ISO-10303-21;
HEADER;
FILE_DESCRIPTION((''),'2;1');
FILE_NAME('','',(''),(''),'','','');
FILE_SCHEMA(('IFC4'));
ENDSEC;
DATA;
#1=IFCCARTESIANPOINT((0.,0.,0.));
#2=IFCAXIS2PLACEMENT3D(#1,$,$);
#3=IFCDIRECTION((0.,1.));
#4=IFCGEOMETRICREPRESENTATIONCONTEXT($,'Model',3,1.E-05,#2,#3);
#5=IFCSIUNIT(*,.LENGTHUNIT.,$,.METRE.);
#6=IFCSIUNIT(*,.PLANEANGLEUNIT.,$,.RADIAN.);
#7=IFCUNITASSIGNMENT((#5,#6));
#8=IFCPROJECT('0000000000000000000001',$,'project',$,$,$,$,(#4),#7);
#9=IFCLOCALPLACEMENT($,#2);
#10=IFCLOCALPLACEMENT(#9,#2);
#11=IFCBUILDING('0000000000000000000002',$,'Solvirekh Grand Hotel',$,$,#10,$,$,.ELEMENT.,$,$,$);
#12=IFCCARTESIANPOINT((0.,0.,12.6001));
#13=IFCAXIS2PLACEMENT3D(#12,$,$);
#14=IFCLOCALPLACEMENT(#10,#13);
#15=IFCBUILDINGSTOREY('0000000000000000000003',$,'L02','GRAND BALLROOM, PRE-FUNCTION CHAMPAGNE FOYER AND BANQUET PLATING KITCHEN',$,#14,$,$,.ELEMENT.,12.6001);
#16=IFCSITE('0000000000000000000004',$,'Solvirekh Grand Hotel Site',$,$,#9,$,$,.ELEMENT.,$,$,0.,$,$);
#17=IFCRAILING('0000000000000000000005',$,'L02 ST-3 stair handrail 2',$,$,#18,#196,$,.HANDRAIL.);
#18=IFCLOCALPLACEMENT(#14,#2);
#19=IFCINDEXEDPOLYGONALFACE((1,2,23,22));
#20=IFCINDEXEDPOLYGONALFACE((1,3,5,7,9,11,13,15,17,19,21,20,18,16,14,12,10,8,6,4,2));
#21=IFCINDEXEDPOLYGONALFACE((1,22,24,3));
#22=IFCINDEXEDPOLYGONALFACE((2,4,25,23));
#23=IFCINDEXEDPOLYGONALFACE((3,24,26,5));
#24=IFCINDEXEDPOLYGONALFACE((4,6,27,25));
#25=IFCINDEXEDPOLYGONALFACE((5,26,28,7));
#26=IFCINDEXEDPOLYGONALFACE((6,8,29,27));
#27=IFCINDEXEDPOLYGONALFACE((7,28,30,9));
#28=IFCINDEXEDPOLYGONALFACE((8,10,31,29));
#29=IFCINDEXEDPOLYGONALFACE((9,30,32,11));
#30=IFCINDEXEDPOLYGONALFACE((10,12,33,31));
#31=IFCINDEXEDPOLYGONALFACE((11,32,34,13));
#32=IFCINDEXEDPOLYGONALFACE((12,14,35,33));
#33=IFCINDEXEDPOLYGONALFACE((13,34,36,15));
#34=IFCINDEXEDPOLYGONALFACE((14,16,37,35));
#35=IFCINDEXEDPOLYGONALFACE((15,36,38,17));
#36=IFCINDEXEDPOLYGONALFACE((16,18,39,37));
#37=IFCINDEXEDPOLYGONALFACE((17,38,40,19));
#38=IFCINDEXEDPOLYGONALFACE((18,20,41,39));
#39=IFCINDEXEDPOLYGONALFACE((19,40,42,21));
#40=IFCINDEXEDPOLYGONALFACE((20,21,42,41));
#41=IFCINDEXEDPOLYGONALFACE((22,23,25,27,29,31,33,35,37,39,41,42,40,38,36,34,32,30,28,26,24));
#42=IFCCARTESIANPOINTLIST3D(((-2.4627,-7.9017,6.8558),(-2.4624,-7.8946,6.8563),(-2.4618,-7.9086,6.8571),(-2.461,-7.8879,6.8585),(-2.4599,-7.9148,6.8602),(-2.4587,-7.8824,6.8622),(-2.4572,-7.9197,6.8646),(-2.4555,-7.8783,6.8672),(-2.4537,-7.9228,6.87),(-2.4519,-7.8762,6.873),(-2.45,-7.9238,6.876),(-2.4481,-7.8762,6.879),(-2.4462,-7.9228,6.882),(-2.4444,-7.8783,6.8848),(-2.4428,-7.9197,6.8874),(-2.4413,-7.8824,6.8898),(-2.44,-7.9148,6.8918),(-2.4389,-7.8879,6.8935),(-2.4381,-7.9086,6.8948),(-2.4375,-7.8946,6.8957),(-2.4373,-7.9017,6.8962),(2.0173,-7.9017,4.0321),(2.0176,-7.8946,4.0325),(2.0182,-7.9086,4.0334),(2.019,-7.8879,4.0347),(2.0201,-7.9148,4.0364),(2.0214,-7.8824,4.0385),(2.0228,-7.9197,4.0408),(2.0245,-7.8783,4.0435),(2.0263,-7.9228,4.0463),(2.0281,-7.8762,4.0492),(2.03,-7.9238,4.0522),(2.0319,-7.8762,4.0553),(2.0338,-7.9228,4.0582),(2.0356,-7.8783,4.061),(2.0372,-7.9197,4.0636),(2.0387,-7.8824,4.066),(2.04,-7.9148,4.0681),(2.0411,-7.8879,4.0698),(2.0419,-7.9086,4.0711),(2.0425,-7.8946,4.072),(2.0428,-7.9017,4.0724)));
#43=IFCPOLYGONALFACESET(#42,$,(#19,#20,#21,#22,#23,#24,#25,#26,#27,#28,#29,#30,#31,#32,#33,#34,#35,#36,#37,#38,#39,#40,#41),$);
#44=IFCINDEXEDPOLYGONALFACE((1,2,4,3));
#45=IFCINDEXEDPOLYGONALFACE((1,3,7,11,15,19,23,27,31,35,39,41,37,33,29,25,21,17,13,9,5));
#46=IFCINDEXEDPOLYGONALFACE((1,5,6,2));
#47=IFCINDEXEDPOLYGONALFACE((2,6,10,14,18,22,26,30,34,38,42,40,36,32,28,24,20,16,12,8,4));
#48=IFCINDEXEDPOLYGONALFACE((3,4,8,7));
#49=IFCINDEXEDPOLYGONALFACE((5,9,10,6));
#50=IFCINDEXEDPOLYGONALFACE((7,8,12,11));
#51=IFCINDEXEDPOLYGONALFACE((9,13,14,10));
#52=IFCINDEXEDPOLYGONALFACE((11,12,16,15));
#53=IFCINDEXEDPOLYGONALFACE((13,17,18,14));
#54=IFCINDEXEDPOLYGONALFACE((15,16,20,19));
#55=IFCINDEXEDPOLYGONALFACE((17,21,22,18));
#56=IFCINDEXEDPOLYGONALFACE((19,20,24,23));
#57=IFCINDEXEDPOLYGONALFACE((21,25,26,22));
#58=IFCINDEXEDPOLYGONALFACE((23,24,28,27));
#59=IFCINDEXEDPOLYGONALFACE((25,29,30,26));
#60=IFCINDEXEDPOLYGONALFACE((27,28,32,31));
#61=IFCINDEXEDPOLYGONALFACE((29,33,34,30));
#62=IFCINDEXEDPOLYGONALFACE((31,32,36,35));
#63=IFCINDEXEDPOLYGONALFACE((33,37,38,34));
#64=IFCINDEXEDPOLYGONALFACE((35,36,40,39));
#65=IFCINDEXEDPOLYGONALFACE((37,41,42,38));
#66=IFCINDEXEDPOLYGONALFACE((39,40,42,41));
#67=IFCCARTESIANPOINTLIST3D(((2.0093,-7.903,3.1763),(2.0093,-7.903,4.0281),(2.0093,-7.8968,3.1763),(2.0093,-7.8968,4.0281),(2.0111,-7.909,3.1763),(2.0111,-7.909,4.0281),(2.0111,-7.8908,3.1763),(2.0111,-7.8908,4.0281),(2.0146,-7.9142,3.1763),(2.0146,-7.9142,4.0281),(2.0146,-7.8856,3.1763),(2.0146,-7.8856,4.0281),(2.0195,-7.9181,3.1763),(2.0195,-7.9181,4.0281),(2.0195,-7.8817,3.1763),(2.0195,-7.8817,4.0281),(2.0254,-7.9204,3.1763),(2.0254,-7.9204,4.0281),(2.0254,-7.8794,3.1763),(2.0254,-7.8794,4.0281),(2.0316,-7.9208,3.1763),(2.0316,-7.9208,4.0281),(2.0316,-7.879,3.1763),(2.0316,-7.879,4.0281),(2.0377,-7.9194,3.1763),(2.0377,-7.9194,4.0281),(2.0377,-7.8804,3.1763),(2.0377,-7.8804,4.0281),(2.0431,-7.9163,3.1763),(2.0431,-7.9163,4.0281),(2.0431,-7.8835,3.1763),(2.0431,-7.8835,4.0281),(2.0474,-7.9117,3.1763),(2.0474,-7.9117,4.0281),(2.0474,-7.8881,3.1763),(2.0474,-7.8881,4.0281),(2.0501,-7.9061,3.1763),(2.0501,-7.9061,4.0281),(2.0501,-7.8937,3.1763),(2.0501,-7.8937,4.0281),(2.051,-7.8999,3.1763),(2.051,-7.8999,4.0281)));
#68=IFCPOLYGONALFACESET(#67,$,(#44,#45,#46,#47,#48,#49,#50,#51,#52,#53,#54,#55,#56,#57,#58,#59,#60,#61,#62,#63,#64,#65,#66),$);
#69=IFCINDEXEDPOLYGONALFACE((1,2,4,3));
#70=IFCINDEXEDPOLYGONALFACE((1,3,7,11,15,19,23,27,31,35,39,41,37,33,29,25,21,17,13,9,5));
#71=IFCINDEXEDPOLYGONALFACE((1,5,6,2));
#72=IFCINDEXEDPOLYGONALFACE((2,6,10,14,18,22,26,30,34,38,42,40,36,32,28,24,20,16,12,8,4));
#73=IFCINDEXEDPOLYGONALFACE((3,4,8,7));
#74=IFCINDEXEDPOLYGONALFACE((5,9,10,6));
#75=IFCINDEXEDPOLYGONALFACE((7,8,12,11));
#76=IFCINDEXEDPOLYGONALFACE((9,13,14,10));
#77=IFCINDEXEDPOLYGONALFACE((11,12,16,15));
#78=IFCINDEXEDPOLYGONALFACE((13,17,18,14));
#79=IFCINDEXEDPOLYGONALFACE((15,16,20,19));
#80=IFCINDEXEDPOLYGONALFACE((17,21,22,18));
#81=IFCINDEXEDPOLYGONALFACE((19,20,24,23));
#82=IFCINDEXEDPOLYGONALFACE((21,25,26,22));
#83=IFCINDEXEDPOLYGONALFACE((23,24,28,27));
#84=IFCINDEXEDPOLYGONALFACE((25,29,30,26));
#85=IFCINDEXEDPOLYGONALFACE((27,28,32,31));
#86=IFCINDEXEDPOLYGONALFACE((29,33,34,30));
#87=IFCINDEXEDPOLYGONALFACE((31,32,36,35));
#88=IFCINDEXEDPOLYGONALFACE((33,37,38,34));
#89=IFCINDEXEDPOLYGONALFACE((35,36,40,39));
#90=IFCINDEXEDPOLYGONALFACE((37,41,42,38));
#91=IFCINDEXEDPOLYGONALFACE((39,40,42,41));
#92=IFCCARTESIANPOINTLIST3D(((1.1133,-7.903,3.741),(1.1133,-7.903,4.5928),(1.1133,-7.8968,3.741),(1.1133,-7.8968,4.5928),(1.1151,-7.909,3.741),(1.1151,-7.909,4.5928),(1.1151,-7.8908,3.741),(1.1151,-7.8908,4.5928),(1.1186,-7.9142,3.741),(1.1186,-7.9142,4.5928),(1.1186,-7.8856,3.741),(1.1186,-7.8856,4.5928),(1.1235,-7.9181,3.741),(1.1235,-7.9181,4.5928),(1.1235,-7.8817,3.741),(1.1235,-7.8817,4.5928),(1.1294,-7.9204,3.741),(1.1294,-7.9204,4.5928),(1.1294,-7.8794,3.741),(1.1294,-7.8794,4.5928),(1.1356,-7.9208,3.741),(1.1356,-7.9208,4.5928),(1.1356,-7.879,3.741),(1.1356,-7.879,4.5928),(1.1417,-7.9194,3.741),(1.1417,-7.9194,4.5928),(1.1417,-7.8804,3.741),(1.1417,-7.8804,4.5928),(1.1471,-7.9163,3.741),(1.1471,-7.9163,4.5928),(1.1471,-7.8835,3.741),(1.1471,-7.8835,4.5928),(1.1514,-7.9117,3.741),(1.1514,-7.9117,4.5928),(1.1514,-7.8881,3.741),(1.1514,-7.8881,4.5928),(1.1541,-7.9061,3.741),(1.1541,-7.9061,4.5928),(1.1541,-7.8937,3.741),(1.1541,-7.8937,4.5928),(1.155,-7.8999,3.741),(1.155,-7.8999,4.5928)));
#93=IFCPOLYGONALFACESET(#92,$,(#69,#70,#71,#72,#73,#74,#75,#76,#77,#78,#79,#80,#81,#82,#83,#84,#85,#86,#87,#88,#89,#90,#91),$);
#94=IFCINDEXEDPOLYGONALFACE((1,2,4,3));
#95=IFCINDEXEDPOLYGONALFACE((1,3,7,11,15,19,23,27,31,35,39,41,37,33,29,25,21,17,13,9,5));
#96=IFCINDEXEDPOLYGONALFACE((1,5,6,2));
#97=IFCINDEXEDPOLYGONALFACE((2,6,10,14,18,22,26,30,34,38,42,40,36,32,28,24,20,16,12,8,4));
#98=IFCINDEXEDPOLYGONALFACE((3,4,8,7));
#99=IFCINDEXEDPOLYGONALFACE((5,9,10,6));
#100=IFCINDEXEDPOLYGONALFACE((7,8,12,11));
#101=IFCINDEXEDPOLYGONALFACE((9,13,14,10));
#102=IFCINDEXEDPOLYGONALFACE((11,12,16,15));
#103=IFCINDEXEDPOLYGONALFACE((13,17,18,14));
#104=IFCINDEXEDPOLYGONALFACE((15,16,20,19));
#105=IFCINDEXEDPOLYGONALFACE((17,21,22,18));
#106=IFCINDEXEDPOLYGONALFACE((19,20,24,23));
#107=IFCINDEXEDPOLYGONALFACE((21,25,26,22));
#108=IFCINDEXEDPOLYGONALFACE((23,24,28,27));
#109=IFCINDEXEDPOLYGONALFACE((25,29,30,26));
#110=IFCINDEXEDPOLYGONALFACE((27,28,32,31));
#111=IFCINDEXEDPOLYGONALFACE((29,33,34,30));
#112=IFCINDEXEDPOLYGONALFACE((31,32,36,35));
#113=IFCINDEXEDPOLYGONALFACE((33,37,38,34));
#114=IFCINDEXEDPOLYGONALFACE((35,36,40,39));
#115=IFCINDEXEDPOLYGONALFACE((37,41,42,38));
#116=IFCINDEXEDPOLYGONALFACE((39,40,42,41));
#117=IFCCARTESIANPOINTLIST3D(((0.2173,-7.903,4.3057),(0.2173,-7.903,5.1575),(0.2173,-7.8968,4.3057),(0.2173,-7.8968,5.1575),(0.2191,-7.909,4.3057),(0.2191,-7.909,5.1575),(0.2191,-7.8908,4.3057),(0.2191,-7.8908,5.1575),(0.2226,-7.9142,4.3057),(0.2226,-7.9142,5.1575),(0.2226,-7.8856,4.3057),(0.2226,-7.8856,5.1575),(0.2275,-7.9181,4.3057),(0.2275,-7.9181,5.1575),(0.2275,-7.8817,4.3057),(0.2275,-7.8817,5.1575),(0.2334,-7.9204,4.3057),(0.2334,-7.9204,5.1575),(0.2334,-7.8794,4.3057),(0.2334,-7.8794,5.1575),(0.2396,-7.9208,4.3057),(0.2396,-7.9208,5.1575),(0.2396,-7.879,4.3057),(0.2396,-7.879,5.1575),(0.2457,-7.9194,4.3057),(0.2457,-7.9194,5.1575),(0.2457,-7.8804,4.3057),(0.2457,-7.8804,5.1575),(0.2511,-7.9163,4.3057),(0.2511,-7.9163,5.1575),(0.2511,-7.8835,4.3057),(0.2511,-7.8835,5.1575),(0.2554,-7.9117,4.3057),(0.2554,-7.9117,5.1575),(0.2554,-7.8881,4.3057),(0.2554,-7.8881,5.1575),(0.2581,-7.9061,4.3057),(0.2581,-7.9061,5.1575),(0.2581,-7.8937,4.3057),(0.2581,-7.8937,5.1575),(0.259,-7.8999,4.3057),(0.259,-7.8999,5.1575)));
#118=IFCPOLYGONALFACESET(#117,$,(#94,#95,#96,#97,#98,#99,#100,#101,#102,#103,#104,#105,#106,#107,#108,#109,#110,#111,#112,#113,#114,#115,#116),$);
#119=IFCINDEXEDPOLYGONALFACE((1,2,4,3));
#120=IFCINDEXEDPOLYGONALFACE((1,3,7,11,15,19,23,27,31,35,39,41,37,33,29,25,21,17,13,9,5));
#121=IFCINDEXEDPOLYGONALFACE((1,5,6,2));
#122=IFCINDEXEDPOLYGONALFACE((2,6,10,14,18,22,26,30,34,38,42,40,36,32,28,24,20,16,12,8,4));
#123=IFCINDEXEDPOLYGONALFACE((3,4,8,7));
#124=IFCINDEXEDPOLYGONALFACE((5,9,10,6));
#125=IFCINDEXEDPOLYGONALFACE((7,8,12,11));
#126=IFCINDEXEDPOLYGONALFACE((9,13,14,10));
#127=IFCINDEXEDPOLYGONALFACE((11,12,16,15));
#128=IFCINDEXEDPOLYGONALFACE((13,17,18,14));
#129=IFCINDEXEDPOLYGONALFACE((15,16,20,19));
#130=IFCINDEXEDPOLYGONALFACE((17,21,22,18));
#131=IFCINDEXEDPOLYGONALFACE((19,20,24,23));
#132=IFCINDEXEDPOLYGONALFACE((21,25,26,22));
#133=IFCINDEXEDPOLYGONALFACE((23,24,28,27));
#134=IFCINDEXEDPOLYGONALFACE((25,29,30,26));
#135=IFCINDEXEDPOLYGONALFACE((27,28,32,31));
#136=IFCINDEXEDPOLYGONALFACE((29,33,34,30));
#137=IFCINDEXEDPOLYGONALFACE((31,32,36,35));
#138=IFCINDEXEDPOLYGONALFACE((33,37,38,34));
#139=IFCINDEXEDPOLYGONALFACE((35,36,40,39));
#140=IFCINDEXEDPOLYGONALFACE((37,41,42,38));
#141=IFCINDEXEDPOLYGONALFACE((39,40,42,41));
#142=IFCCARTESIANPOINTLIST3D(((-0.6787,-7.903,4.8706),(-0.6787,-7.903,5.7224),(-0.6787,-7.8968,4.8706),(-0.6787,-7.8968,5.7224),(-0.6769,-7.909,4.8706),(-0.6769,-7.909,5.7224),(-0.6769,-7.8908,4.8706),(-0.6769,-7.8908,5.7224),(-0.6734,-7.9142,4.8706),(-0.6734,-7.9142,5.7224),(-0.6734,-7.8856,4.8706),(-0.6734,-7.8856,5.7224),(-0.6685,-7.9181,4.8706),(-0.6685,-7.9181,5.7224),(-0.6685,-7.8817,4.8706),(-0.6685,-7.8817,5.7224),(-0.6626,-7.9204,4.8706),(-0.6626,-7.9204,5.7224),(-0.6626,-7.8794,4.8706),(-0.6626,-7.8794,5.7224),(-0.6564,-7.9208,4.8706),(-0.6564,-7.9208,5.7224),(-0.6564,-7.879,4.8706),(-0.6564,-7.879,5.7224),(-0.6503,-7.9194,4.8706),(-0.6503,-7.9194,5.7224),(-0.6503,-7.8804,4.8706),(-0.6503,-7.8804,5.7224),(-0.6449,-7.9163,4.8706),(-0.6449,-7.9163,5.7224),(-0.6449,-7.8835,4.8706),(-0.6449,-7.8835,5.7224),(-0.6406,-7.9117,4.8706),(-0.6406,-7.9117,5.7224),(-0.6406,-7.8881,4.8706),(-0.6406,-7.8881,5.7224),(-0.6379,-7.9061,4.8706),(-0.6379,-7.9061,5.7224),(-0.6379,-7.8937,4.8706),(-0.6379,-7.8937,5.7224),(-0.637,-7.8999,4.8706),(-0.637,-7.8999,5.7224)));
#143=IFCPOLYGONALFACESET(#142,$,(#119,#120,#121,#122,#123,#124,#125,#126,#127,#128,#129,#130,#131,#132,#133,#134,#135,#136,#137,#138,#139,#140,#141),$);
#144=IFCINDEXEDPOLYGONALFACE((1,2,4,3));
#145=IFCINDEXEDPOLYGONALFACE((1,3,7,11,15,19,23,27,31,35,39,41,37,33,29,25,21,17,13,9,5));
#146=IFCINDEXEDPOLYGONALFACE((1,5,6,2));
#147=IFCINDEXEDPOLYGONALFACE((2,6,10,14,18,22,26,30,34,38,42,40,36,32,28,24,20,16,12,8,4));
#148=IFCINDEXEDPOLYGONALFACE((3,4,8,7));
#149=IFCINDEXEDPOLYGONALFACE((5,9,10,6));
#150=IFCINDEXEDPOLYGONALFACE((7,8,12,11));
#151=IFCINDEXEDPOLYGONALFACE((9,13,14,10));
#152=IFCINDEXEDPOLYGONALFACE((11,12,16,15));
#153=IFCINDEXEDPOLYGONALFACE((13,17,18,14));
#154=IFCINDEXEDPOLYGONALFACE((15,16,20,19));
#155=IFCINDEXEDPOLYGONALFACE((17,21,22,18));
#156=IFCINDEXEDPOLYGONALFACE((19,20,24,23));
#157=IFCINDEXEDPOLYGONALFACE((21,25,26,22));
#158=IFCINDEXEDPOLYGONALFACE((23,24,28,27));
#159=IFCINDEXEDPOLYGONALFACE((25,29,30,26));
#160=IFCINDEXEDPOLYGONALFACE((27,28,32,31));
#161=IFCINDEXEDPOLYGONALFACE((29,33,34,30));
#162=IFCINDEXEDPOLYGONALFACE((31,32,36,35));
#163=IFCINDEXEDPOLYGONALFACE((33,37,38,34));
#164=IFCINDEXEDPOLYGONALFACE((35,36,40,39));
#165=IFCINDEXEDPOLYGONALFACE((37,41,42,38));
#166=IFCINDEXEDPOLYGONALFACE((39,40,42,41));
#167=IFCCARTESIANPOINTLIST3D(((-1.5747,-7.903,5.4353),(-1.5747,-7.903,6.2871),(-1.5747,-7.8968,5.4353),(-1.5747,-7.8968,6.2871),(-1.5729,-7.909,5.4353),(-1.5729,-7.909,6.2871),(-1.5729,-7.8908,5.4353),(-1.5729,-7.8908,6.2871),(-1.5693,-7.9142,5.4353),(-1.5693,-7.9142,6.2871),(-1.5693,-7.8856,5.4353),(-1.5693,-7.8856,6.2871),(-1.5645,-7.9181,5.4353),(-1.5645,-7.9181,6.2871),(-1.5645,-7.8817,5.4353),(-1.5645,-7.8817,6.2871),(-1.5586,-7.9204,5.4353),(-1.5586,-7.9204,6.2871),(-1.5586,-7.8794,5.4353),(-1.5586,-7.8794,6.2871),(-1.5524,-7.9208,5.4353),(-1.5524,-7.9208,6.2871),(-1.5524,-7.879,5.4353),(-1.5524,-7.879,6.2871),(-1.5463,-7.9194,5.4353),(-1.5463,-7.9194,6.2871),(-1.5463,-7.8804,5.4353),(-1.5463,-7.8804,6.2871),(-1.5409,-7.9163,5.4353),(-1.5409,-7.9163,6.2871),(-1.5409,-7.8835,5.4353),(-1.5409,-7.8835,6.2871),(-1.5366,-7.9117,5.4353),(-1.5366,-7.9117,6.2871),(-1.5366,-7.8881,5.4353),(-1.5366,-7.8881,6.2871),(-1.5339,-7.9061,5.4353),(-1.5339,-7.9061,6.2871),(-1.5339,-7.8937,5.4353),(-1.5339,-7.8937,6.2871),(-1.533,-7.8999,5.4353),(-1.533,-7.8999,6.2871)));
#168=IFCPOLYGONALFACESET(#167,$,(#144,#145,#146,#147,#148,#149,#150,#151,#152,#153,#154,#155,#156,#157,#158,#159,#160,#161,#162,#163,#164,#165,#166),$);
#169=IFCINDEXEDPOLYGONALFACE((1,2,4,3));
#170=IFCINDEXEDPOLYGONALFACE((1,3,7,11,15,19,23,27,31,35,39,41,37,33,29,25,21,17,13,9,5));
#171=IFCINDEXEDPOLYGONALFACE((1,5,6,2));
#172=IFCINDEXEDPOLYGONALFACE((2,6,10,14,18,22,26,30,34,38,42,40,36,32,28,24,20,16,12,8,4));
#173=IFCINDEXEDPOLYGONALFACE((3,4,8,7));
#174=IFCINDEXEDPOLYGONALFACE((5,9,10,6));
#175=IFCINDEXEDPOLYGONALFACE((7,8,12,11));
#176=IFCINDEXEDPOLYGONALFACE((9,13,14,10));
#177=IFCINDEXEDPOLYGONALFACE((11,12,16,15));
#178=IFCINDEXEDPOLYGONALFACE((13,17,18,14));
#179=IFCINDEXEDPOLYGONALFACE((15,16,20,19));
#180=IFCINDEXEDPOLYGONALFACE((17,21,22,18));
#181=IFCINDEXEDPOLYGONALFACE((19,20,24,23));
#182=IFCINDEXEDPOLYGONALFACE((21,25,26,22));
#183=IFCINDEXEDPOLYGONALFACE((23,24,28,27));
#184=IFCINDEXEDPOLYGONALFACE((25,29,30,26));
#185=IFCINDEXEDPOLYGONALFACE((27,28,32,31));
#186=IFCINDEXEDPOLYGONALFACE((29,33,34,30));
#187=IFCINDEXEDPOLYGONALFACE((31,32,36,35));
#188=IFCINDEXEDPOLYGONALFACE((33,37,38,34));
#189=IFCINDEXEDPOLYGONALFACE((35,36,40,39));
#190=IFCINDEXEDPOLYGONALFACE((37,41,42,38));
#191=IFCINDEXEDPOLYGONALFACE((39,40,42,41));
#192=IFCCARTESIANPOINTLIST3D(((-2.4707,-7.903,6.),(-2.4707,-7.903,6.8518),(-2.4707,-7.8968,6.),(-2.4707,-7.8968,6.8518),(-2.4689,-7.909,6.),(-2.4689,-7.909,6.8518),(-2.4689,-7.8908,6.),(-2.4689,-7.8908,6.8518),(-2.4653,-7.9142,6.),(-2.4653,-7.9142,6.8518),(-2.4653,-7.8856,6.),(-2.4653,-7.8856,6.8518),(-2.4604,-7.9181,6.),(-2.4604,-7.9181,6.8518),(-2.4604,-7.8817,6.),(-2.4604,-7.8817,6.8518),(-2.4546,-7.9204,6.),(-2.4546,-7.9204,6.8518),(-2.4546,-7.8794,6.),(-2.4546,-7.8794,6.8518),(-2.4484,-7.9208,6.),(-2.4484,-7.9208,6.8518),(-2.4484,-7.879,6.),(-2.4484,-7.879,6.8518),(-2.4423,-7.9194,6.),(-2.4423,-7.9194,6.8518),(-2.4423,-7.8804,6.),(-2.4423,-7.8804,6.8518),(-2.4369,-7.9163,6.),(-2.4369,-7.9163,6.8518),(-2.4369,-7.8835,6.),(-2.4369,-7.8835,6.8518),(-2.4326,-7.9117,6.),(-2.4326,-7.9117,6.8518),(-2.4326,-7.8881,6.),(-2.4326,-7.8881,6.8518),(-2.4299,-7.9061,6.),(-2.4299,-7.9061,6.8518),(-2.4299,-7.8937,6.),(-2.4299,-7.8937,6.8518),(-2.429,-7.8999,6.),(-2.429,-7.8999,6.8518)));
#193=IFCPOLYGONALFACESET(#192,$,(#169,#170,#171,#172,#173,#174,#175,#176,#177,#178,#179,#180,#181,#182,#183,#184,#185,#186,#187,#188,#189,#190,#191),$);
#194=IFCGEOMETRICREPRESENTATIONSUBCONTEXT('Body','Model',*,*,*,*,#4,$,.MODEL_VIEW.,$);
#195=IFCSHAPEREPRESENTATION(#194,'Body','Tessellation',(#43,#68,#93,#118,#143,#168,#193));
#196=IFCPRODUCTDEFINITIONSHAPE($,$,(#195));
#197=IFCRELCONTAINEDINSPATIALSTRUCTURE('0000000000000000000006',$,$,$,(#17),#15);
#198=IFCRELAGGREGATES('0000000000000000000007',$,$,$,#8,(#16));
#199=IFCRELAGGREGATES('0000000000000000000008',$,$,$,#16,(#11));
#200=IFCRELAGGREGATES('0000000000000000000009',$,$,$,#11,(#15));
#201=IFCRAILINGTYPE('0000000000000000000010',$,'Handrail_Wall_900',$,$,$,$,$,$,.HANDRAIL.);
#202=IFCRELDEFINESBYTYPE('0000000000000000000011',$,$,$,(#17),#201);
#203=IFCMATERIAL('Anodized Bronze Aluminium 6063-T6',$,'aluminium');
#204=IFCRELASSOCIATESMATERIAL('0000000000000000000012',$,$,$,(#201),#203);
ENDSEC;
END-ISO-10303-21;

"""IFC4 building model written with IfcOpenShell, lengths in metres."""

from ifc_helpers import new_model, si_unit, direction, frame, origin, origin_2d, place, context, subcontext, project, spatial, circle, extrude, material, type_object, element, save


model = new_model("IFC4")

# Units and contexts
model_context = context("Model", 3, precision=1e-05, world=origin(), true_north=direction((0.0, 1.0)))
body_context = subcontext(model_context, "Body", "Model", "MODEL_VIEW")
ifc_project = project(units=[si_unit("LENGTHUNIT", "METRE"), si_unit("PLANEANGLEUNIT", "RADIAN")], contexts=[model_context])

# Site, building, storey
site_placement = place(None, origin())
site = spatial("IfcSite", under=ifc_project, at=site_placement, Name="Solvirekh Grand Hotel Site", CompositionType="ELEMENT", RefElevation=0.0)
building_placement = place(site_placement, origin())
building = spatial("IfcBuilding", under=site, at=building_placement, Name="Solvirekh Grand Hotel", CompositionType="ELEMENT")
storey_placement = place(building_placement, frame((0.0, 0.0, 12.6001)))
storey = spatial("IfcBuildingStorey", under=building, at=storey_placement, Name="L02", Description="GRAND BALLROOM, PRE-FUNCTION CHAMPAGNE FOYER AND BANQUET PLATING KITCHEN", CompositionType="ELEMENT", Elevation=12.6001)

# Shared definitions
ifc_material_1 = material(Name="Anodized Bronze Aluminium 6063-T6", Category="aluminium")

# Railing
railing_type_1 = type_object("IfcRailingType", Name="Handrail_Wall_900", PredefinedType="HANDRAIL", material=ifc_material_1)
railing_1_placement = place(storey_placement, frame((2.03, -7.8999, 3.1763)))
element("IfcRailing", 1, at=railing_1_placement, inside=storey, type_object=railing_type_1, Name="L02 ST-3 stair handrail 2", PredefinedType="HANDRAIL", context=body_context, shape_type="SweptSolid", body=[
    extrude(circle(Radius=0.0239, at=origin_2d()), frame((0.0, 0.0, 0.876), z_axis=(-0.845977, 0.0, 0.533219), x_axis=(0.0, -1.0, 0.0)), (0.0, 0.0, 1.0), 5.2957),
    extrude(circle(Radius=0.021, at=origin_2d()), origin(), (0.0, 0.0, 1.0), 0.8518),
    extrude(circle(Radius=0.021, at=origin_2d()), frame((-0.896, 0.0, 0.5647)), (0.0, 0.0, 1.0), 0.8518),
    extrude(circle(Radius=0.021, at=origin_2d()), frame((-1.792, 0.0, 1.1294)), (0.0, 0.0, 1.0), 0.8518),
    extrude(circle(Radius=0.021, at=origin_2d()), frame((-2.688, 0.0, 1.6943)), (0.0, 0.0, 1.0), 0.8518),
    extrude(circle(Radius=0.021, at=origin_2d()), frame((-3.584, 0.0, 2.259)), (0.0, 0.0, 1.0), 0.8518),
    extrude(circle(Radius=0.021, at=origin_2d()), frame((-4.48, 0.0, 2.8237)), (0.0, 0.0, 1.0), 0.8518),
])

save(model, "model.ifc")
